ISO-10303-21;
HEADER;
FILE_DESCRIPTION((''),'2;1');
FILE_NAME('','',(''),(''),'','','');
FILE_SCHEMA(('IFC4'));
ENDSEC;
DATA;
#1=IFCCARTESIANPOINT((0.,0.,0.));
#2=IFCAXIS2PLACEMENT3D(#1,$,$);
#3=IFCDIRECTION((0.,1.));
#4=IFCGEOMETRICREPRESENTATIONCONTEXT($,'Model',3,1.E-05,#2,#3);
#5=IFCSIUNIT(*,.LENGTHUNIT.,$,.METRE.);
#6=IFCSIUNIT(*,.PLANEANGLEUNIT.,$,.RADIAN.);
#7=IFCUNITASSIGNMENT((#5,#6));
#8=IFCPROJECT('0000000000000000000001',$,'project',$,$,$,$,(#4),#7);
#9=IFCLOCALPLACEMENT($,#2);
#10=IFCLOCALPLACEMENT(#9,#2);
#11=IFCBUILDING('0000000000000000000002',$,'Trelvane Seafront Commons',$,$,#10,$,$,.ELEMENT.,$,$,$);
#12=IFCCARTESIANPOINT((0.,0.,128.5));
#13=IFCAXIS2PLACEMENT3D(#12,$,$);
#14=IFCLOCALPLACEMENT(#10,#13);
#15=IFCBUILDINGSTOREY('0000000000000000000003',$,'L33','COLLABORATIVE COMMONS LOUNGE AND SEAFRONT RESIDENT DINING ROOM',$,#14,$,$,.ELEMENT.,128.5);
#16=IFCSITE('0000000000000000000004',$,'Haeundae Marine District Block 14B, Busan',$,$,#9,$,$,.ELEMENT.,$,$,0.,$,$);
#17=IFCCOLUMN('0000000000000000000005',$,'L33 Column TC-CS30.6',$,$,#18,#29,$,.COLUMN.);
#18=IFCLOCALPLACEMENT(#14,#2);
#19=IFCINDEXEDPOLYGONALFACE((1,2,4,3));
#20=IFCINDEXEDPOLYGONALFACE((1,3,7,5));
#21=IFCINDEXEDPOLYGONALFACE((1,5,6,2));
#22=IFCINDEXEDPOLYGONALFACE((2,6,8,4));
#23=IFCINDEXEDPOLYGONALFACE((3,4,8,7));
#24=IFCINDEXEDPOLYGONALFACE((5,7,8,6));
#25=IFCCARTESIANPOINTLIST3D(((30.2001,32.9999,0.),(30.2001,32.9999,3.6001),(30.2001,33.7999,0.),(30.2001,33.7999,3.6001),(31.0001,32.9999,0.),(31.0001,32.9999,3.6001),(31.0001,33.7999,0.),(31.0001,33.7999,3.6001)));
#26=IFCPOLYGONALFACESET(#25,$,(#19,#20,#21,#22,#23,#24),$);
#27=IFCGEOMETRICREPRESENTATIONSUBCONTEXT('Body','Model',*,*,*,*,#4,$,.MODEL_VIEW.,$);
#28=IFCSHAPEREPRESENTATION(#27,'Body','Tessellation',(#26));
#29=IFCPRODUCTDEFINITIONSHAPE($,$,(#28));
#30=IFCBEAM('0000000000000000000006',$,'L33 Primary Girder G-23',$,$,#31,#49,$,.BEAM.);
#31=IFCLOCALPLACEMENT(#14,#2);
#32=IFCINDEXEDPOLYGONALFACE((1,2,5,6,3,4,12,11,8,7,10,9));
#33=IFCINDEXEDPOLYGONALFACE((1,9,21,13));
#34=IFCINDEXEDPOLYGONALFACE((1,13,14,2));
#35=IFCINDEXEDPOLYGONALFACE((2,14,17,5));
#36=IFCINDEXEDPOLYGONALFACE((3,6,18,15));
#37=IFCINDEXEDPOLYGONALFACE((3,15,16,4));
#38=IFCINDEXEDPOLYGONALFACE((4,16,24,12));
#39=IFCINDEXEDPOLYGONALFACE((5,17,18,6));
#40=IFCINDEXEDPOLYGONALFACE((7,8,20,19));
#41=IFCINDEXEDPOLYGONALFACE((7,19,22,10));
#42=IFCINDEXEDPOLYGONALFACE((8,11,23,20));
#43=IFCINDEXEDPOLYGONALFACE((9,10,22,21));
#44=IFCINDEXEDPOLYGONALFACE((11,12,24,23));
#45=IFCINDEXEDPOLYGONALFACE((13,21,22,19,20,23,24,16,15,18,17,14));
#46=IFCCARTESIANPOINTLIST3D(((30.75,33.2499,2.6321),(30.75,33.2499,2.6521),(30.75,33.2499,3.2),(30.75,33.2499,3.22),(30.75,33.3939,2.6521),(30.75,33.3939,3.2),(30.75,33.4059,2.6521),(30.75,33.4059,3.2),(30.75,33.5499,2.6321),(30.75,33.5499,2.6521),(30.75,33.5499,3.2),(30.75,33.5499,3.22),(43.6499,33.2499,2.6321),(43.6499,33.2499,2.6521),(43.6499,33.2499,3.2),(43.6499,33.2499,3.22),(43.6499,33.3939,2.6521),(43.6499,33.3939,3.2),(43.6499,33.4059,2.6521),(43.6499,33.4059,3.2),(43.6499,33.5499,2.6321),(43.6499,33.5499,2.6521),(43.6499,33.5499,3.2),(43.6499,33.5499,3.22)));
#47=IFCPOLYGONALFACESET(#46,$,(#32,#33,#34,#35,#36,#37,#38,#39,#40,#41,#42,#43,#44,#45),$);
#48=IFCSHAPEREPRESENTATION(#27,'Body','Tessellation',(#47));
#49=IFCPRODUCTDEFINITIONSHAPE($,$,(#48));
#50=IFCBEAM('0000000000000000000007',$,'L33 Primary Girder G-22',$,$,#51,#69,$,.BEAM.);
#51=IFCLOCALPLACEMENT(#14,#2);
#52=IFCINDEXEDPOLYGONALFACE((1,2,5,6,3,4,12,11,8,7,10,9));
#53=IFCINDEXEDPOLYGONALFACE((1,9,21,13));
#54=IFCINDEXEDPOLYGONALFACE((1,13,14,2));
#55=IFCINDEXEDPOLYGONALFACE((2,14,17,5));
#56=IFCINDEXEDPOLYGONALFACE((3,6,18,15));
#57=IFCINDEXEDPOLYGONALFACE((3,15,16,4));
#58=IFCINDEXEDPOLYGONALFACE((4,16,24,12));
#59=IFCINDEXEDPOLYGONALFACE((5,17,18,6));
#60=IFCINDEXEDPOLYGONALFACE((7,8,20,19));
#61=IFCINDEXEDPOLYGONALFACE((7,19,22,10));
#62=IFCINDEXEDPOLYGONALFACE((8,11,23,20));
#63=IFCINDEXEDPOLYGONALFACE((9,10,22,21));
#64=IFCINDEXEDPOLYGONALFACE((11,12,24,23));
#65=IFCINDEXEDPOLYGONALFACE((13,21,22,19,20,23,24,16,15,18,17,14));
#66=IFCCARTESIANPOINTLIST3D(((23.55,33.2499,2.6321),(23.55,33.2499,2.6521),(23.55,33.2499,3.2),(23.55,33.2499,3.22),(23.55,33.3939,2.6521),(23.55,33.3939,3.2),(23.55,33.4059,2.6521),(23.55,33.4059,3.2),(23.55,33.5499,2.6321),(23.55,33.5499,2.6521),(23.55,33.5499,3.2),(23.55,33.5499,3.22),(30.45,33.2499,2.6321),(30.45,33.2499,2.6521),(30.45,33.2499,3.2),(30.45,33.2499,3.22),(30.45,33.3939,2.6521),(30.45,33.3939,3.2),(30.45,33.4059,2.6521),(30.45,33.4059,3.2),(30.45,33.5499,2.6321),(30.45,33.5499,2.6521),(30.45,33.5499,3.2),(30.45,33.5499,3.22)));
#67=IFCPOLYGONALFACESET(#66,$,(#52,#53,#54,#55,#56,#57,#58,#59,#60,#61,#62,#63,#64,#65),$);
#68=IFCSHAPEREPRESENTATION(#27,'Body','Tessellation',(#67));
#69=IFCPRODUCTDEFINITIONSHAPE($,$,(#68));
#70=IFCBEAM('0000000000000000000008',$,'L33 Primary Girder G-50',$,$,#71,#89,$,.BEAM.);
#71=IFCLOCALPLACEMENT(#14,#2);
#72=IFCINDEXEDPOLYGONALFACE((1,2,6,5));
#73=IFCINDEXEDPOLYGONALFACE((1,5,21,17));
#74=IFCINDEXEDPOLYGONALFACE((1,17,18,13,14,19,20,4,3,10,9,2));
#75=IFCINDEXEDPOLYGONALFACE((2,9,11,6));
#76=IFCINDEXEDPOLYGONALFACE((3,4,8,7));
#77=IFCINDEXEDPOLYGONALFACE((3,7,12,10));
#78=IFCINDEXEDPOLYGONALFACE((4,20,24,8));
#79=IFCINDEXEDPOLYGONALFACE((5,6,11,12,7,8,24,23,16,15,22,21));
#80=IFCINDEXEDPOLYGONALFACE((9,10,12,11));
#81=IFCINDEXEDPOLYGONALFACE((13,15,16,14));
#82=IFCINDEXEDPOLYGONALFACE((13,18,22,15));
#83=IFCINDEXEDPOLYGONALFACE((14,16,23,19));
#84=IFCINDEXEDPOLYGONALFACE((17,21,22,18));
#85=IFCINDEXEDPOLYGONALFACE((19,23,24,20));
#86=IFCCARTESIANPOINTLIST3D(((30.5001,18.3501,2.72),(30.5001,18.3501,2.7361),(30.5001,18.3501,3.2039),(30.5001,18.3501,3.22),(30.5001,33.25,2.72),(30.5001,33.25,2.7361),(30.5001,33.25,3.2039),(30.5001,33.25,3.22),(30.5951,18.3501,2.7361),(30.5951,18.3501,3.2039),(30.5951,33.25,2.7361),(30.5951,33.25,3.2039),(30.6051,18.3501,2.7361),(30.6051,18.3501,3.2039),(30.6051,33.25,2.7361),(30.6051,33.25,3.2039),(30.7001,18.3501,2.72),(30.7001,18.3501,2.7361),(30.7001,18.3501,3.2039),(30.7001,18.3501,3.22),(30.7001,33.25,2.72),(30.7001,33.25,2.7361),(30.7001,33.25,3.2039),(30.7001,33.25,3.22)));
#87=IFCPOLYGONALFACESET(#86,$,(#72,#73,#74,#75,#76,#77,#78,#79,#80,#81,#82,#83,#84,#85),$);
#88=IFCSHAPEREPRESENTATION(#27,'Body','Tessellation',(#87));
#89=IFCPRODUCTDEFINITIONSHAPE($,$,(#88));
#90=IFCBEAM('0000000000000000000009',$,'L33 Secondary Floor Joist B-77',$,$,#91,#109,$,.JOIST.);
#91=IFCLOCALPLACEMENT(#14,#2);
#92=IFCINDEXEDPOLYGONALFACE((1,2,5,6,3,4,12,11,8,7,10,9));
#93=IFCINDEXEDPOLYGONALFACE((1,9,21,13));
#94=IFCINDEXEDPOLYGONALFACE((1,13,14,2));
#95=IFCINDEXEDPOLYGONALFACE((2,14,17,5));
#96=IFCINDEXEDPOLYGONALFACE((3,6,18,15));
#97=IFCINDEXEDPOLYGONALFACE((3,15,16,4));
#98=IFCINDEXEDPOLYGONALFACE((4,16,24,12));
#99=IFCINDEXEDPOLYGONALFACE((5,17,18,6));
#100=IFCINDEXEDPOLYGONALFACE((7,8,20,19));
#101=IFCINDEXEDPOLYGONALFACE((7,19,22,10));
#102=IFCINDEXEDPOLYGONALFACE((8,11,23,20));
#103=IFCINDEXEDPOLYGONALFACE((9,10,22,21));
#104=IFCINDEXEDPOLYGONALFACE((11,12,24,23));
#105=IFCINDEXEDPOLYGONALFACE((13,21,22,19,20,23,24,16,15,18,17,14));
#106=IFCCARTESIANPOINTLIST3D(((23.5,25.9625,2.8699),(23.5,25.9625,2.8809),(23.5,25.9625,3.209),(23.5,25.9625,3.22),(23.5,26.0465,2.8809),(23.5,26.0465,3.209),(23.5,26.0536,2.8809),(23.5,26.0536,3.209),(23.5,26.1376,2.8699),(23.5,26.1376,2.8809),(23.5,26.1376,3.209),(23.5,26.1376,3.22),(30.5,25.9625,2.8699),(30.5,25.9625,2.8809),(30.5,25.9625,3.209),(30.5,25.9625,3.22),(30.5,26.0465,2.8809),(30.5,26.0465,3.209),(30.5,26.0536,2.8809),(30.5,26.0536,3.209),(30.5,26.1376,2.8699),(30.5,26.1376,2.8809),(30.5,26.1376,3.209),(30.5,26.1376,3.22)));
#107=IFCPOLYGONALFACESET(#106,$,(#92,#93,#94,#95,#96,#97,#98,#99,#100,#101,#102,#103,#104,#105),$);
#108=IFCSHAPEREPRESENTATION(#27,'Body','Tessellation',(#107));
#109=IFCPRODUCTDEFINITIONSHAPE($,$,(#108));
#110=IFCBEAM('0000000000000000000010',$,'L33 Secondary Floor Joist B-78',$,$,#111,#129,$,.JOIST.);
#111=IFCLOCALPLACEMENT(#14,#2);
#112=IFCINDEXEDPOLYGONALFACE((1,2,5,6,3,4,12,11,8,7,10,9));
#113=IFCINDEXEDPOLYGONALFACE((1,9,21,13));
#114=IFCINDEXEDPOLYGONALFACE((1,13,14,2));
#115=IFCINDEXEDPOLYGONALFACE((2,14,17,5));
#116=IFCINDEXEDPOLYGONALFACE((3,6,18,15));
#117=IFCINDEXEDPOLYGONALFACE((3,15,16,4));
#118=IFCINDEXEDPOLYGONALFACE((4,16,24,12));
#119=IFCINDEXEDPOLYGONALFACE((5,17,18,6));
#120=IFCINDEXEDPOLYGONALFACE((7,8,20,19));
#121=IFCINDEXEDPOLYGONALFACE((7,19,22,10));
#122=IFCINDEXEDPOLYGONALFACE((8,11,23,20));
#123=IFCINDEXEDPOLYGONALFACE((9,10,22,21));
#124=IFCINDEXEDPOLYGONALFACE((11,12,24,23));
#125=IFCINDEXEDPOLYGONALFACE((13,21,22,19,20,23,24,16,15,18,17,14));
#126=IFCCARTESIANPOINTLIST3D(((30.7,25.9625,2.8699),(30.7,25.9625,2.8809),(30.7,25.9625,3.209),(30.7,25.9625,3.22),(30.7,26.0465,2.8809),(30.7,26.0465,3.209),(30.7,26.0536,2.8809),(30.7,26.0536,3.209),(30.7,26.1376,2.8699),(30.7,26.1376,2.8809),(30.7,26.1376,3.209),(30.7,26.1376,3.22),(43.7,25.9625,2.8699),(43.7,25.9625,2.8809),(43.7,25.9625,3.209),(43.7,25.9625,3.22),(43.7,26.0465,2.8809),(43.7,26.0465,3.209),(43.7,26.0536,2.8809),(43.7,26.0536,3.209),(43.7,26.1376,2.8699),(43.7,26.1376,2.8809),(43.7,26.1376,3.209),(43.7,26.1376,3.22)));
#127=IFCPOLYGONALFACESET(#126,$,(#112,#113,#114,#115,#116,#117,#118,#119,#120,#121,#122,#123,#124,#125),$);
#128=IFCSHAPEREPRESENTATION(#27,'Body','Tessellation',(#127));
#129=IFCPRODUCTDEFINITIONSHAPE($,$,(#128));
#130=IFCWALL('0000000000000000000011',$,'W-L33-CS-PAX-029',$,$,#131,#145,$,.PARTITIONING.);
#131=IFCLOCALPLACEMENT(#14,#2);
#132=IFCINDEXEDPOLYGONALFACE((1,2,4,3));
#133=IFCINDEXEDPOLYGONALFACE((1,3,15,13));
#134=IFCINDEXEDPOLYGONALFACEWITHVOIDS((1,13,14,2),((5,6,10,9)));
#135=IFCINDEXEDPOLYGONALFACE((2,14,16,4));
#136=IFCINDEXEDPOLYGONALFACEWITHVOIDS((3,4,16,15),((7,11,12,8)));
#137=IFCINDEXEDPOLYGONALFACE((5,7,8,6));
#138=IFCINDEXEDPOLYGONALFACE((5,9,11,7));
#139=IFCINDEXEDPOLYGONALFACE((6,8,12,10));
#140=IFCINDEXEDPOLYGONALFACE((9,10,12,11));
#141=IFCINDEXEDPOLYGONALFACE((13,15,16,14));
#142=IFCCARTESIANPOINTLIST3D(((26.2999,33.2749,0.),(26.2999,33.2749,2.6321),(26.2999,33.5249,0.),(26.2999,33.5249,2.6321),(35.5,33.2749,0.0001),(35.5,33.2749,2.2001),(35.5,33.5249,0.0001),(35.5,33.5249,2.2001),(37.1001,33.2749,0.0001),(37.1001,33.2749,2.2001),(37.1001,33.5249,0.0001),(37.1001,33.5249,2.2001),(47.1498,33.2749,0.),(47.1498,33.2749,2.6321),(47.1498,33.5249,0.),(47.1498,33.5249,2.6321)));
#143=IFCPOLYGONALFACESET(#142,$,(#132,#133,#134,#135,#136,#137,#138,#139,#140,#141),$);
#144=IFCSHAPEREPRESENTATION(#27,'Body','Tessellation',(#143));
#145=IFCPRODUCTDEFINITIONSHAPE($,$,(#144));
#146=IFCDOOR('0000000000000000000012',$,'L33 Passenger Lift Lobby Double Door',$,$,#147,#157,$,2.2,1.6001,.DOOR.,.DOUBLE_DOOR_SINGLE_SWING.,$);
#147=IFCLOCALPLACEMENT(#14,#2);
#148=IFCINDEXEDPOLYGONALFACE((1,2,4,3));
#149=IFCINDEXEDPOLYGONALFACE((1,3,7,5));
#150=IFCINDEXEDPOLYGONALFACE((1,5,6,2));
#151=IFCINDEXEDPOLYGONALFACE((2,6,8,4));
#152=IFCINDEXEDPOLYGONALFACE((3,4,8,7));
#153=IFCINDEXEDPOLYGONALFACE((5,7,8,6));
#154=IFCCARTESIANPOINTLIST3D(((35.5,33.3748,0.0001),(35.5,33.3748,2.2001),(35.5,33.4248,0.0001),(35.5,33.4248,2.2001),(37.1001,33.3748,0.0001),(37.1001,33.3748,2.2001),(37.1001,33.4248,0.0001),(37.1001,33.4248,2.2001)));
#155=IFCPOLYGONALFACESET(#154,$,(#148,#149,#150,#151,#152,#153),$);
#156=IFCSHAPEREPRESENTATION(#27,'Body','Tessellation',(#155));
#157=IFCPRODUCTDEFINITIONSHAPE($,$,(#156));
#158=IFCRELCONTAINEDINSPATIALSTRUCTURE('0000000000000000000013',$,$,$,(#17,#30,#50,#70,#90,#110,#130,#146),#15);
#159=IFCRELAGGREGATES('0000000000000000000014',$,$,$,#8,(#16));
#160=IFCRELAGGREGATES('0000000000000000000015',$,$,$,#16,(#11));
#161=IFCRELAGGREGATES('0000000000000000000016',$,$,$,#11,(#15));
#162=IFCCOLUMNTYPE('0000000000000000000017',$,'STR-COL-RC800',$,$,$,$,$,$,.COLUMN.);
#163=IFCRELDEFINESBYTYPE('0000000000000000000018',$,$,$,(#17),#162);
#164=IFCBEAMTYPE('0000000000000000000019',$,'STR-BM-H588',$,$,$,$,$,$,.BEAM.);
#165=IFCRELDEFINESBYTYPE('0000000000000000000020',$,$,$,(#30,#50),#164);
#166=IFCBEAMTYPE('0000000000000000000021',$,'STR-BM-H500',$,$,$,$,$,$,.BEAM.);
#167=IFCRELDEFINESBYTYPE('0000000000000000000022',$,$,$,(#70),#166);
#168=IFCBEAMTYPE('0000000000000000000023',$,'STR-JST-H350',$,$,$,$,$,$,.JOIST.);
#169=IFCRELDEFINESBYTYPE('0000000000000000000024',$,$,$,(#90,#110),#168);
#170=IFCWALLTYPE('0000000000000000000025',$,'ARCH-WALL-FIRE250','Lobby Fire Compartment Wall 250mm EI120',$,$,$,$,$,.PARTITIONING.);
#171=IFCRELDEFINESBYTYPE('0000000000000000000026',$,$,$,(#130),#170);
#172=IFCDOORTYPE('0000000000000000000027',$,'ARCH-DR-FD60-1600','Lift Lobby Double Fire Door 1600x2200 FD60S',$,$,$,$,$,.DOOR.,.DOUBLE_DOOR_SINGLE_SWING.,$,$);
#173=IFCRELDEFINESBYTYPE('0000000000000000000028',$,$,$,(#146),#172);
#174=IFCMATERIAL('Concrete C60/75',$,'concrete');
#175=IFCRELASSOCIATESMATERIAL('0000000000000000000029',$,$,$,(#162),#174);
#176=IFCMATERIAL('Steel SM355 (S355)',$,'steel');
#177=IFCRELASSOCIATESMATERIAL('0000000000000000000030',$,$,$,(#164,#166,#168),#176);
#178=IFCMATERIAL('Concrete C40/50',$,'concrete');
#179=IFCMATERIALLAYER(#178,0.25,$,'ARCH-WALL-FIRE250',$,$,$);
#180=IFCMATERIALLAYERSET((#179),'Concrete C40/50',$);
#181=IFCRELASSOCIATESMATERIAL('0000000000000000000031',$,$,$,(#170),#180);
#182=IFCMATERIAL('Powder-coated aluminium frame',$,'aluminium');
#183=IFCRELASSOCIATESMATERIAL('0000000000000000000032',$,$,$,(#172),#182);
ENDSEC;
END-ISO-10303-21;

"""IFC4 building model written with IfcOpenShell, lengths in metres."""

from ifc_helpers import new_model, si_unit, direction, frame, frame_2d, origin, origin_2d, place, context, subcontext, project, spatial, rectangle, i_section, extrude, source, transform, mapped, material, layer, layer_set, material_profile, profile_set, type_object, element, fill, save


model = new_model("IFC4")

# Units and contexts
model_context = context("Model", 3, precision=1e-05, world=origin(), true_north=direction((0.0, 1.0)))
body_context = subcontext(model_context, "Body", "Model", "MODEL_VIEW")
ifc_project = project(units=[si_unit("LENGTHUNIT", "METRE"), si_unit("PLANEANGLEUNIT", "RADIAN")], contexts=[model_context])

# Site, building, storey
site_placement = place(None, origin())
site = spatial("IfcSite", under=ifc_project, at=site_placement, Name="Haeundae Marine District Block 14B, Busan", CompositionType="ELEMENT", RefElevation=0.0)
building_placement = place(site_placement, origin())
building = spatial("IfcBuilding", under=site, at=building_placement, Name="Trelvane Seafront Commons", CompositionType="ELEMENT")
storey_placement = place(building_placement, frame((0.0, 0.0, 128.5)))
storey = spatial("IfcBuildingStorey", under=building, at=storey_placement, Name="L33", Description="COLLABORATIVE COMMONS LOUNGE AND SEAFRONT RESIDENT DINING ROOM", CompositionType="ELEMENT", Elevation=128.5)

# Column
ifc_material_1 = material(Name="Concrete C60/75", Category="concrete")
ifc_material_profile_1 = material_profile(ifc_material_1, rectangle(XDim=0.8, YDim=0.8, at=origin_2d()), Name="RC-800x800")
ifc_profile_set_1 = profile_set([ifc_material_profile_1], Name="Concrete C60/75")
column_type = type_object("IfcColumnType", Name="STR-COL-RC800", PredefinedType="COLUMN", material=ifc_profile_set_1)
shared_shape_1 = source(origin(), body_context, "Body", "SweptSolid", [
    extrude(rectangle(XDim=0.8, YDim=0.8, at=origin_2d()), origin(), (0.0, 0.0, 1.0), 3.6001),
])
column_placement = place(storey_placement, frame((30.6001, 33.3999, 0.0), z_axis=(0.0, 0.0, 1.0), x_axis=(1.0, 0.0, 0.0)))
element("IfcColumn", 1, at=column_placement, inside=storey, type_object=column_type, Name="L33 Column TC-CS30.6", PredefinedType="COLUMN", context=body_context, shape_type="MappedRepresentation", body=[
    mapped(shared_shape_1, transform((0.0, 0.0, 0.0), x_axis=(1.0, 0.0, 0.0), y_axis=(0.0, 1.0, 0.0), z_axis=(0.0, 0.0, 1.0), scale=1.0)),
])

# Beams
ifc_material_2 = material(Name="Steel SM355 (S355)", Category="steel")
ifc_material_profile_2 = material_profile(ifc_material_2, i_section(OverallWidth=0.3, OverallDepth=0.5879, WebThickness=0.012, FlangeThickness=0.02, at=origin_2d()), Name="H-588x300x12x20")
ifc_profile_set_2 = profile_set([ifc_material_profile_2], Name="Steel SM355 (S355)")
beam_type_1 = type_object("IfcBeamType", Name="STR-BM-H588", PredefinedType="BEAM", material=ifc_profile_set_2)
shared_shape_2 = source(origin(), body_context, "Body", "SweptSolid", [
    extrude(i_section(OverallWidth=0.3, OverallDepth=0.5879, WebThickness=0.012, FlangeThickness=0.02, at=origin_2d()), origin(), (0.0, 0.0, 1.0), 12.8999),
])
beam_1_placement = place(storey_placement, frame((30.75, 33.3999, 2.926), z_axis=(1.0, 0.0, 0.0), x_axis=(0.0, 1.0, 0.0)))
element("IfcBeam", 2, at=beam_1_placement, inside=storey, type_object=beam_type_1, Name="L33 Primary Girder G-23", PredefinedType="BEAM", context=body_context, shape_type="MappedRepresentation", body=[
    mapped(shared_shape_2, transform((0.0, 0.0, 0.0), x_axis=(1.0, 0.0, 0.0), y_axis=(0.0, 1.0, 0.0), z_axis=(0.0, 0.0, 1.0), scale=1.0)),
])
shared_shape_3 = source(origin(), body_context, "Body", "SweptSolid", [
    extrude(i_section(OverallWidth=0.3, OverallDepth=0.5879, WebThickness=0.012, FlangeThickness=0.02, at=origin_2d()), origin(), (0.0, 0.0, 1.0), 6.8999),
])
beam_2_placement = place(storey_placement, frame((23.55, 33.3999, 2.926), z_axis=(1.0, 0.0, 0.0), x_axis=(0.0, 1.0, 0.0)))
element("IfcBeam", 3, at=beam_2_placement, inside=storey, type_object=beam_type_1, Name="L33 Primary Girder G-22", PredefinedType="BEAM", context=body_context, shape_type="MappedRepresentation", body=[
    mapped(shared_shape_3, transform((0.0, 0.0, 0.0), x_axis=(1.0, 0.0, 0.0), y_axis=(0.0, 1.0, 0.0), z_axis=(0.0, 0.0, 1.0), scale=1.0)),
])
ifc_material_profile_3 = material_profile(ifc_material_2, i_section(OverallWidth=0.2, OverallDepth=0.5, WebThickness=0.01, FlangeThickness=0.0161, at=origin_2d()), Name="H-500x200x10x16")
ifc_profile_set_3 = profile_set([ifc_material_profile_3], Name="Steel SM355 (S355)")
beam_type_2 = type_object("IfcBeamType", Name="STR-BM-H500", PredefinedType="BEAM", material=ifc_profile_set_3)
shared_shape_4 = source(origin(), body_context, "Body", "SweptSolid", [
    extrude(i_section(OverallWidth=0.2, OverallDepth=0.5, WebThickness=0.01, FlangeThickness=0.0161, at=origin_2d()), origin(), (0.0, 0.0, 1.0), 14.8999),
])
beam_3_placement = place(storey_placement, frame((30.6001, 18.3501, 2.97), z_axis=(0.0, 1.0, 0.0), x_axis=(-1.0, 0.0, 0.0)))
element("IfcBeam", 4, at=beam_3_placement, inside=storey, type_object=beam_type_2, Name="L33 Primary Girder G-50", PredefinedType="BEAM", context=body_context, shape_type="MappedRepresentation", body=[
    mapped(shared_shape_4, transform((0.0, 0.0, 0.0), x_axis=(1.0, 0.0, 0.0), y_axis=(0.0, 1.0, 0.0), z_axis=(0.0, 0.0, 1.0), scale=1.0)),
])
ifc_material_profile_4 = material_profile(ifc_material_2, i_section(OverallWidth=0.175, OverallDepth=0.3501, WebThickness=0.0071, FlangeThickness=0.011, at=origin_2d()), Name="H-350x175x7x11")
ifc_profile_set_4 = profile_set([ifc_material_profile_4], Name="Steel SM355 (S355)")
beam_type_3 = type_object("IfcBeamType", Name="STR-JST-H350", PredefinedType="JOIST", material=ifc_profile_set_4)
shared_shape_5 = source(origin(), body_context, "Body", "SweptSolid", [
    extrude(i_section(OverallWidth=0.175, OverallDepth=0.3501, WebThickness=0.0071, FlangeThickness=0.011, at=origin_2d()), origin(), (0.0, 0.0, 1.0), 7.0),
])
beam_4_placement = place(storey_placement, frame((23.5, 26.05, 3.0449), z_axis=(1.0, 0.0, 0.0), x_axis=(0.0, 1.0, 0.0)))
element("IfcBeam", 5, at=beam_4_placement, inside=storey, type_object=beam_type_3, Name="L33 Secondary Floor Joist B-77", PredefinedType="JOIST", context=body_context, shape_type="MappedRepresentation", body=[
    mapped(shared_shape_5, transform((0.0, 0.0, 0.0), x_axis=(1.0, 0.0, 0.0), y_axis=(0.0, 1.0, 0.0), z_axis=(0.0, 0.0, 1.0), scale=1.0)),
])
shared_shape_6 = source(origin(), body_context, "Body", "SweptSolid", [
    extrude(i_section(OverallWidth=0.175, OverallDepth=0.3501, WebThickness=0.0071, FlangeThickness=0.011, at=origin_2d()), origin(), (0.0, 0.0, 1.0), 13.0),
])
beam_5_placement = place(storey_placement, frame((30.7, 26.05, 3.0449), z_axis=(1.0, 0.0, 0.0), x_axis=(0.0, 1.0, 0.0)))
element("IfcBeam", 6, at=beam_5_placement, inside=storey, type_object=beam_type_3, Name="L33 Secondary Floor Joist B-78", PredefinedType="JOIST", context=body_context, shape_type="MappedRepresentation", body=[
    mapped(shared_shape_6, transform((0.0, 0.0, 0.0), x_axis=(1.0, 0.0, 0.0), y_axis=(0.0, 1.0, 0.0), z_axis=(0.0, 0.0, 1.0), scale=1.0)),
])

# Wall, opening, door
ifc_material_3 = material(Name="Concrete C40/50", Category="concrete")
ifc_layer_1 = layer(ifc_material_3, 0.25, Name="ARCH-WALL-FIRE250")
ifc_layer_set_1 = layer_set([ifc_layer_1], Name="Concrete C40/50")
wall_type_1 = type_object("IfcWallType", Name="ARCH-WALL-FIRE250", Description="Lobby Fire Compartment Wall 250mm EI120", PredefinedType="PARTITIONING", material=ifc_layer_set_1)
wall_1_placement = place(storey_placement, frame((26.3, 33.3999, 0.0), z_axis=(0.0, 0.0, 1.0), x_axis=(1.0, 0.0, 0.0)))
wall_1 = element("IfcWall", 7, at=wall_1_placement, inside=storey, type_object=wall_type_1, Name="W-L33-CS-PAX-029", PredefinedType="PARTITIONING", context=body_context, shape_type="SweptSolid", body=[
    extrude(rectangle(XDim=20.8499, YDim=0.25, at=frame_2d((10.4248, 0.0))), origin(), (0.0, 0.0, 1.0), 2.6321),
])
opening_1_placement = place(wall_1_placement, frame((9.2, 0.0, 0.0)))
opening_1 = element("IfcOpeningElement", 8, at=opening_1_placement, cuts=wall_1, PredefinedType="OPENING", context=body_context, shape_type="SweptSolid", body=[
    extrude(rectangle(XDim=1.6001, YDim=2.2, at=frame_2d((0.8, 1.1001))), frame((0.0, 0.135, 0.0), z_axis=(0.0, -1.0, 0.0), x_axis=(1.0, 0.0, 0.0)), (0.0, 0.0, 1.0), 0.27),
])
ifc_material_4 = material(Name="Powder-coated aluminium frame", Category="aluminium")
door_type_1 = type_object("IfcDoorType", Name="ARCH-DR-FD60-1600", Description="Lift Lobby Double Fire Door 1600x2200 FD60S", OperationType="DOUBLE_DOOR_SINGLE_SWING", PredefinedType="DOOR", material=ifc_material_4)
shared_shape_7 = source(origin(), body_context, "Body", "SweptSolid", [
    extrude(rectangle(XDim=1.6001, YDim=2.2, at=frame_2d((0.8, 1.1001))), frame((0.0, 0.0249, 0.0), z_axis=(0.0, -1.0, 0.0), x_axis=(1.0, 0.0, 0.0)), (0.0, 0.0, 1.0), 0.05),
])
door_1_placement = place(opening_1_placement, origin())
door_1 = element("IfcDoor", 9, at=door_1_placement, inside=storey, type_object=door_type_1, Name="L33 Passenger Lift Lobby Double Door", OperationType="DOUBLE_DOOR_SINGLE_SWING", OverallHeight=2.2, OverallWidth=1.6001, PredefinedType="DOOR", context=body_context, shape_type="MappedRepresentation", body=[
    mapped(shared_shape_7, transform((0.0, 0.0, 0.0), x_axis=(1.0, 0.0, 0.0), y_axis=(0.0, 1.0, 0.0), z_axis=(0.0, 0.0, 1.0), scale=1.0)),
])
fill(opening_1, door_1)

save(model, "model.ifc")
